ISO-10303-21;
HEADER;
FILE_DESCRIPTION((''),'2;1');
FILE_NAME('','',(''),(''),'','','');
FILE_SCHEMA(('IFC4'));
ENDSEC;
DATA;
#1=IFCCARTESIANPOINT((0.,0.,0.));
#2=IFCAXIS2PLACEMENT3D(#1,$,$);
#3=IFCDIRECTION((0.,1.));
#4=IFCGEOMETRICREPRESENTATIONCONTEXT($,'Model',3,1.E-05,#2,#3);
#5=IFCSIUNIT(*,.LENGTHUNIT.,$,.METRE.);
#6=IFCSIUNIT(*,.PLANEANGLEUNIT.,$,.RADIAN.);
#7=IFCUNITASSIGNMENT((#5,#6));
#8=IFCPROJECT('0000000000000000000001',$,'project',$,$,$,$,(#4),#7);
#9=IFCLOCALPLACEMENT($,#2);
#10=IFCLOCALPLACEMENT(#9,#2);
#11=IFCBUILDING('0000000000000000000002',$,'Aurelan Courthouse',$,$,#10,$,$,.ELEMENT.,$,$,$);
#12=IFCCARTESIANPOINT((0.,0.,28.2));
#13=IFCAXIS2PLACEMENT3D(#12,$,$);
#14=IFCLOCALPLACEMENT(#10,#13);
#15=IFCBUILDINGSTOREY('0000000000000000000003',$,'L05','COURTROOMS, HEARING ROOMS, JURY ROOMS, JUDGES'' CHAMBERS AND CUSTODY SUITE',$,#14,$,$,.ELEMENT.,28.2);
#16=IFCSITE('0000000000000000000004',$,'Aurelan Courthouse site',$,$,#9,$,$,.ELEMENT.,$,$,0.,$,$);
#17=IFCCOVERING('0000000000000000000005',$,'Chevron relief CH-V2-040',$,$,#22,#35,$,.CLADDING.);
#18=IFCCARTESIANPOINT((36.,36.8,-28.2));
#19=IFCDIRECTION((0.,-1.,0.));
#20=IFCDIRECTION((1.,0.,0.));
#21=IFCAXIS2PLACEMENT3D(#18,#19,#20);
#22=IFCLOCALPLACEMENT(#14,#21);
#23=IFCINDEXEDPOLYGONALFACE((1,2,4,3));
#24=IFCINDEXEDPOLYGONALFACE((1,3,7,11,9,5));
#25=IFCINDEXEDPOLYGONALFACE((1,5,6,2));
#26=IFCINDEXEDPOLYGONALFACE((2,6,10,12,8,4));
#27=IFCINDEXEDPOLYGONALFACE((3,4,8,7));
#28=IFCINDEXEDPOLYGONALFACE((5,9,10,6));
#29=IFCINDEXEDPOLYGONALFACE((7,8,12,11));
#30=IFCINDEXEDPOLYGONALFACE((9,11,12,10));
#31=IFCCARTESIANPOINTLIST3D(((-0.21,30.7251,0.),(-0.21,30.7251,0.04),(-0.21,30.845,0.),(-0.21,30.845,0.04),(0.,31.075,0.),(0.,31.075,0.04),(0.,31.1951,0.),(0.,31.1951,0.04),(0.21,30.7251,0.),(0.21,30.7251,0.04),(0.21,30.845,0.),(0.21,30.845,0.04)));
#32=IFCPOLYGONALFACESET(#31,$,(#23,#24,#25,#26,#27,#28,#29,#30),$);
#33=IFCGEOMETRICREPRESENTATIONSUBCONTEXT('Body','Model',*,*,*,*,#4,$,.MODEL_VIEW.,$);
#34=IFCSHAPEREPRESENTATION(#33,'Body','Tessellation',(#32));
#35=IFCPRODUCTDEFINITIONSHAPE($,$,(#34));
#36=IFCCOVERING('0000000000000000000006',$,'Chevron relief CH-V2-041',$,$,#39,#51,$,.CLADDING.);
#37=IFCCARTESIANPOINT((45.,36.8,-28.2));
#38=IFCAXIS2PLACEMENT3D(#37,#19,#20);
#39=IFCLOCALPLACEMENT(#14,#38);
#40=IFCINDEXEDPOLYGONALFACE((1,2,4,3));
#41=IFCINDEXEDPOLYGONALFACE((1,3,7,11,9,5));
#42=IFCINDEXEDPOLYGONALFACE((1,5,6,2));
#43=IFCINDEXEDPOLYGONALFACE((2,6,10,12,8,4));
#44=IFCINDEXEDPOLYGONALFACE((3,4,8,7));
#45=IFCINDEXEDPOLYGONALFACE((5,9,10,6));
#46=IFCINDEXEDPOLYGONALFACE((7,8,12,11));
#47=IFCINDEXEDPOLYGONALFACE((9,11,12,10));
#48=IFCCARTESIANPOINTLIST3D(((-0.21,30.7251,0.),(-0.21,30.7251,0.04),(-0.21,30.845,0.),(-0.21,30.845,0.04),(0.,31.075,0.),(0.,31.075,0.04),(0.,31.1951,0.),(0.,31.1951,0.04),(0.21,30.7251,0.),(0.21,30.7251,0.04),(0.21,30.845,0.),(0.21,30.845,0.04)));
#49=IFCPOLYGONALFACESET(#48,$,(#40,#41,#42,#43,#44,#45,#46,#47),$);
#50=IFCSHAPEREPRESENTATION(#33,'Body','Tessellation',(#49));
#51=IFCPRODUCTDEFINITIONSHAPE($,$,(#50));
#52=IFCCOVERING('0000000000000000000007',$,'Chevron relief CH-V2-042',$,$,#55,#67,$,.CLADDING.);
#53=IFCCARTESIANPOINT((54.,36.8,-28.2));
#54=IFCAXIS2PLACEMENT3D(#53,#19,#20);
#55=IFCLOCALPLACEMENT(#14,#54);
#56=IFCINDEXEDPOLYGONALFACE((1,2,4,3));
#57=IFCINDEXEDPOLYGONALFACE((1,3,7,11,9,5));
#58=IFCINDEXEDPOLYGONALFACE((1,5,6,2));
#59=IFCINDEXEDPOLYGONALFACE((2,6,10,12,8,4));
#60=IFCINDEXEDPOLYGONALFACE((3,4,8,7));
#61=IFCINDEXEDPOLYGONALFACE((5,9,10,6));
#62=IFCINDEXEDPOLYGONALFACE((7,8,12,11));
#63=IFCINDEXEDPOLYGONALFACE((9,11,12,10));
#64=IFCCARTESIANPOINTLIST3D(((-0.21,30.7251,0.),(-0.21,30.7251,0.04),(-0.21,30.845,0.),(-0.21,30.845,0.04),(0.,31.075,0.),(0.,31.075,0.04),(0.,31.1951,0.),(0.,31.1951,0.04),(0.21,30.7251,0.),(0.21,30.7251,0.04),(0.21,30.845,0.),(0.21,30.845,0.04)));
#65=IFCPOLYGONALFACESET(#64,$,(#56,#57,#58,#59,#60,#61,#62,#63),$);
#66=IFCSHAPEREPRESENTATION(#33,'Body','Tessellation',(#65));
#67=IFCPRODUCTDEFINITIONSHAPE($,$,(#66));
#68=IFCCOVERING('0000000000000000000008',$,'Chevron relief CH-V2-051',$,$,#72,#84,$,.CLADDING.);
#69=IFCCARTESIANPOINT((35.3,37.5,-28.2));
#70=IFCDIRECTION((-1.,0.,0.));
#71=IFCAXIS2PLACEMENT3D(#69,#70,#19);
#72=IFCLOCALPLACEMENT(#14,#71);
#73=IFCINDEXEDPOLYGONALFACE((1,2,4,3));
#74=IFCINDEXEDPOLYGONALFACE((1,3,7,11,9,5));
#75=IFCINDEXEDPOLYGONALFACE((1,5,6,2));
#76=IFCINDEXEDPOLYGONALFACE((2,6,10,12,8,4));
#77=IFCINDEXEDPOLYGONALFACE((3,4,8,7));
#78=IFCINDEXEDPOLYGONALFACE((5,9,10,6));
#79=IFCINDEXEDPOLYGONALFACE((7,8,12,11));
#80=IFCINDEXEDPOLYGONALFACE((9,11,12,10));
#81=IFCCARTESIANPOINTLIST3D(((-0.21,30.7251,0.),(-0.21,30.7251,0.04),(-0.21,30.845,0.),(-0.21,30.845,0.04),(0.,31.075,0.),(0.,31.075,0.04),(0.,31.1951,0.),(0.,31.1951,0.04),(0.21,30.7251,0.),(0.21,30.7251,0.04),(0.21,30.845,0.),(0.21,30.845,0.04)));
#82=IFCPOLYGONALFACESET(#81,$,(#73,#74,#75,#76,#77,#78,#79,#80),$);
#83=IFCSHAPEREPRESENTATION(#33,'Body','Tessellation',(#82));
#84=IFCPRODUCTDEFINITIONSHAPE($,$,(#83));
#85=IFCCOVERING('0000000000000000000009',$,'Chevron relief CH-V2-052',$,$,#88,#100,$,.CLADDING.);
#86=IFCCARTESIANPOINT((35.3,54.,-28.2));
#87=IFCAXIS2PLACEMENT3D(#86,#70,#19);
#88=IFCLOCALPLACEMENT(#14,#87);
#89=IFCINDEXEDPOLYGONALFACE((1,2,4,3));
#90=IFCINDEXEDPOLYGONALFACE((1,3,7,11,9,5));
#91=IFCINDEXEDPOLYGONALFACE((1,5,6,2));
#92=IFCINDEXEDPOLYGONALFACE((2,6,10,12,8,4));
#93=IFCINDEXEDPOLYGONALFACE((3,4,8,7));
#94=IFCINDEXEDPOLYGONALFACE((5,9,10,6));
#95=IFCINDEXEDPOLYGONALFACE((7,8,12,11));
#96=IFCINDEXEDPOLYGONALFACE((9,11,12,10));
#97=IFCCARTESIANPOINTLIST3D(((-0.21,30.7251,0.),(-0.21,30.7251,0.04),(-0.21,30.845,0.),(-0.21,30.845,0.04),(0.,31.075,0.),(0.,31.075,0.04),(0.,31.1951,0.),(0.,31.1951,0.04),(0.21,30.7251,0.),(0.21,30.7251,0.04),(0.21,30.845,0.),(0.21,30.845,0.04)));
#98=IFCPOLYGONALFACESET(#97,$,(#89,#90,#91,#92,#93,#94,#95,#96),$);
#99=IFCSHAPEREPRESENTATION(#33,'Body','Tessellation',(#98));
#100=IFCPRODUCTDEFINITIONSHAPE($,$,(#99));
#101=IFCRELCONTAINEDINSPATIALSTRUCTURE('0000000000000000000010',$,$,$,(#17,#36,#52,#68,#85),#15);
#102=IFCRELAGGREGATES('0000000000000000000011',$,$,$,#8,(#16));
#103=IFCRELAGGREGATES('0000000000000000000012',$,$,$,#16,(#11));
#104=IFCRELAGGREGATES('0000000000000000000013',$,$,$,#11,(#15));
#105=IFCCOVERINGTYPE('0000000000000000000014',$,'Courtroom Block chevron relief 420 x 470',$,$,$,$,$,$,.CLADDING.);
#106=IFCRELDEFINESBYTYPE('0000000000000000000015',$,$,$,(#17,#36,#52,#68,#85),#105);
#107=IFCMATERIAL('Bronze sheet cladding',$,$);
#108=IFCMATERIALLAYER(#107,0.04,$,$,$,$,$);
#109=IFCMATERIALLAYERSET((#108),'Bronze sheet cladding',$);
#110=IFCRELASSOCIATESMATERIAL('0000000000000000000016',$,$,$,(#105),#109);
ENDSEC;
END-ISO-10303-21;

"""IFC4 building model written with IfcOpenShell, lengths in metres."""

from ifc_helpers import new_model, si_unit, direction, frame, origin, place, context, subcontext, project, spatial, polyline, outline, extrude, material, layer, layer_set, type_object, element, save


model = new_model("IFC4")

# Units and contexts
model_context = context("Model", 3, precision=1e-05, world=origin(), true_north=direction((0.0, 1.0)))
body_context = subcontext(model_context, "Body", "Model", "MODEL_VIEW")
ifc_project = project(units=[si_unit("LENGTHUNIT", "METRE"), si_unit("PLANEANGLEUNIT", "RADIAN")], contexts=[model_context])

# Site, building, storey
site_placement = place(None, origin())
site = spatial("IfcSite", under=ifc_project, at=site_placement, Name="Aurelan Courthouse site", CompositionType="ELEMENT", RefElevation=0.0)
building_placement = place(site_placement, origin())
building = spatial("IfcBuilding", under=site, at=building_placement, Name="Aurelan Courthouse", CompositionType="ELEMENT")
storey_placement = place(building_placement, frame((0.0, 0.0, 28.2)))
storey = spatial("IfcBuildingStorey", under=building, at=storey_placement, Name="L05", Description="COURTROOMS, HEARING ROOMS, JURY ROOMS, JUDGES' CHAMBERS AND CUSTODY SUITE", CompositionType="ELEMENT", Elevation=28.2)

# Coverings
ifc_material_1 = material(Name="Bronze sheet cladding")
ifc_layer_1 = layer(ifc_material_1, 0.04)
ifc_layer_set_1 = layer_set([ifc_layer_1], Name="Bronze sheet cladding")
covering_type_1 = type_object("IfcCoveringType", Name="Courtroom Block chevron relief 420 x 470", PredefinedType="CLADDING", material=ifc_layer_set_1)
for number, where, z_axis, x_axis, name in (
    (1, (36.0, 36.8, -28.2), (0.0, -1.0, 0.0), (1.0, 0.0, 0.0), "Chevron relief CH-V2-040"),
    (2, (45.0, 36.8, -28.2), (0.0, -1.0, 0.0), (1.0, 0.0, 0.0), "Chevron relief CH-V2-041"),
    (3, (54.0, 36.8, -28.2), (0.0, -1.0, 0.0), (1.0, 0.0, 0.0), "Chevron relief CH-V2-042"),
    (4, (35.3, 37.5, -28.2), (-1.0, 0.0, 0.0), (0.0, -1.0, 0.0), "Chevron relief CH-V2-051"),
    (5, (35.3, 54.0, -28.2), (-1.0, 0.0, 0.0), (0.0, -1.0, 0.0), "Chevron relief CH-V2-052"),
):
    element("IfcCovering", number, at=place(storey_placement, frame(where, z_axis=z_axis, x_axis=x_axis)), inside=storey, type_object=covering_type_1, Name=name, PredefinedType="CLADDING", context=body_context, shape_type="SweptSolid", body=[
        extrude(outline(polyline([(-0.21, 30.7251), (0.0, 31.075), (0.21, 30.7251), (0.21, 30.845), (0.0, 31.1951), (-0.21, 30.845), (-0.21, 30.7251)])), origin(), (0.0, 0.0, 1.0), 0.04),
    ])

save(model, "model.ifc")
